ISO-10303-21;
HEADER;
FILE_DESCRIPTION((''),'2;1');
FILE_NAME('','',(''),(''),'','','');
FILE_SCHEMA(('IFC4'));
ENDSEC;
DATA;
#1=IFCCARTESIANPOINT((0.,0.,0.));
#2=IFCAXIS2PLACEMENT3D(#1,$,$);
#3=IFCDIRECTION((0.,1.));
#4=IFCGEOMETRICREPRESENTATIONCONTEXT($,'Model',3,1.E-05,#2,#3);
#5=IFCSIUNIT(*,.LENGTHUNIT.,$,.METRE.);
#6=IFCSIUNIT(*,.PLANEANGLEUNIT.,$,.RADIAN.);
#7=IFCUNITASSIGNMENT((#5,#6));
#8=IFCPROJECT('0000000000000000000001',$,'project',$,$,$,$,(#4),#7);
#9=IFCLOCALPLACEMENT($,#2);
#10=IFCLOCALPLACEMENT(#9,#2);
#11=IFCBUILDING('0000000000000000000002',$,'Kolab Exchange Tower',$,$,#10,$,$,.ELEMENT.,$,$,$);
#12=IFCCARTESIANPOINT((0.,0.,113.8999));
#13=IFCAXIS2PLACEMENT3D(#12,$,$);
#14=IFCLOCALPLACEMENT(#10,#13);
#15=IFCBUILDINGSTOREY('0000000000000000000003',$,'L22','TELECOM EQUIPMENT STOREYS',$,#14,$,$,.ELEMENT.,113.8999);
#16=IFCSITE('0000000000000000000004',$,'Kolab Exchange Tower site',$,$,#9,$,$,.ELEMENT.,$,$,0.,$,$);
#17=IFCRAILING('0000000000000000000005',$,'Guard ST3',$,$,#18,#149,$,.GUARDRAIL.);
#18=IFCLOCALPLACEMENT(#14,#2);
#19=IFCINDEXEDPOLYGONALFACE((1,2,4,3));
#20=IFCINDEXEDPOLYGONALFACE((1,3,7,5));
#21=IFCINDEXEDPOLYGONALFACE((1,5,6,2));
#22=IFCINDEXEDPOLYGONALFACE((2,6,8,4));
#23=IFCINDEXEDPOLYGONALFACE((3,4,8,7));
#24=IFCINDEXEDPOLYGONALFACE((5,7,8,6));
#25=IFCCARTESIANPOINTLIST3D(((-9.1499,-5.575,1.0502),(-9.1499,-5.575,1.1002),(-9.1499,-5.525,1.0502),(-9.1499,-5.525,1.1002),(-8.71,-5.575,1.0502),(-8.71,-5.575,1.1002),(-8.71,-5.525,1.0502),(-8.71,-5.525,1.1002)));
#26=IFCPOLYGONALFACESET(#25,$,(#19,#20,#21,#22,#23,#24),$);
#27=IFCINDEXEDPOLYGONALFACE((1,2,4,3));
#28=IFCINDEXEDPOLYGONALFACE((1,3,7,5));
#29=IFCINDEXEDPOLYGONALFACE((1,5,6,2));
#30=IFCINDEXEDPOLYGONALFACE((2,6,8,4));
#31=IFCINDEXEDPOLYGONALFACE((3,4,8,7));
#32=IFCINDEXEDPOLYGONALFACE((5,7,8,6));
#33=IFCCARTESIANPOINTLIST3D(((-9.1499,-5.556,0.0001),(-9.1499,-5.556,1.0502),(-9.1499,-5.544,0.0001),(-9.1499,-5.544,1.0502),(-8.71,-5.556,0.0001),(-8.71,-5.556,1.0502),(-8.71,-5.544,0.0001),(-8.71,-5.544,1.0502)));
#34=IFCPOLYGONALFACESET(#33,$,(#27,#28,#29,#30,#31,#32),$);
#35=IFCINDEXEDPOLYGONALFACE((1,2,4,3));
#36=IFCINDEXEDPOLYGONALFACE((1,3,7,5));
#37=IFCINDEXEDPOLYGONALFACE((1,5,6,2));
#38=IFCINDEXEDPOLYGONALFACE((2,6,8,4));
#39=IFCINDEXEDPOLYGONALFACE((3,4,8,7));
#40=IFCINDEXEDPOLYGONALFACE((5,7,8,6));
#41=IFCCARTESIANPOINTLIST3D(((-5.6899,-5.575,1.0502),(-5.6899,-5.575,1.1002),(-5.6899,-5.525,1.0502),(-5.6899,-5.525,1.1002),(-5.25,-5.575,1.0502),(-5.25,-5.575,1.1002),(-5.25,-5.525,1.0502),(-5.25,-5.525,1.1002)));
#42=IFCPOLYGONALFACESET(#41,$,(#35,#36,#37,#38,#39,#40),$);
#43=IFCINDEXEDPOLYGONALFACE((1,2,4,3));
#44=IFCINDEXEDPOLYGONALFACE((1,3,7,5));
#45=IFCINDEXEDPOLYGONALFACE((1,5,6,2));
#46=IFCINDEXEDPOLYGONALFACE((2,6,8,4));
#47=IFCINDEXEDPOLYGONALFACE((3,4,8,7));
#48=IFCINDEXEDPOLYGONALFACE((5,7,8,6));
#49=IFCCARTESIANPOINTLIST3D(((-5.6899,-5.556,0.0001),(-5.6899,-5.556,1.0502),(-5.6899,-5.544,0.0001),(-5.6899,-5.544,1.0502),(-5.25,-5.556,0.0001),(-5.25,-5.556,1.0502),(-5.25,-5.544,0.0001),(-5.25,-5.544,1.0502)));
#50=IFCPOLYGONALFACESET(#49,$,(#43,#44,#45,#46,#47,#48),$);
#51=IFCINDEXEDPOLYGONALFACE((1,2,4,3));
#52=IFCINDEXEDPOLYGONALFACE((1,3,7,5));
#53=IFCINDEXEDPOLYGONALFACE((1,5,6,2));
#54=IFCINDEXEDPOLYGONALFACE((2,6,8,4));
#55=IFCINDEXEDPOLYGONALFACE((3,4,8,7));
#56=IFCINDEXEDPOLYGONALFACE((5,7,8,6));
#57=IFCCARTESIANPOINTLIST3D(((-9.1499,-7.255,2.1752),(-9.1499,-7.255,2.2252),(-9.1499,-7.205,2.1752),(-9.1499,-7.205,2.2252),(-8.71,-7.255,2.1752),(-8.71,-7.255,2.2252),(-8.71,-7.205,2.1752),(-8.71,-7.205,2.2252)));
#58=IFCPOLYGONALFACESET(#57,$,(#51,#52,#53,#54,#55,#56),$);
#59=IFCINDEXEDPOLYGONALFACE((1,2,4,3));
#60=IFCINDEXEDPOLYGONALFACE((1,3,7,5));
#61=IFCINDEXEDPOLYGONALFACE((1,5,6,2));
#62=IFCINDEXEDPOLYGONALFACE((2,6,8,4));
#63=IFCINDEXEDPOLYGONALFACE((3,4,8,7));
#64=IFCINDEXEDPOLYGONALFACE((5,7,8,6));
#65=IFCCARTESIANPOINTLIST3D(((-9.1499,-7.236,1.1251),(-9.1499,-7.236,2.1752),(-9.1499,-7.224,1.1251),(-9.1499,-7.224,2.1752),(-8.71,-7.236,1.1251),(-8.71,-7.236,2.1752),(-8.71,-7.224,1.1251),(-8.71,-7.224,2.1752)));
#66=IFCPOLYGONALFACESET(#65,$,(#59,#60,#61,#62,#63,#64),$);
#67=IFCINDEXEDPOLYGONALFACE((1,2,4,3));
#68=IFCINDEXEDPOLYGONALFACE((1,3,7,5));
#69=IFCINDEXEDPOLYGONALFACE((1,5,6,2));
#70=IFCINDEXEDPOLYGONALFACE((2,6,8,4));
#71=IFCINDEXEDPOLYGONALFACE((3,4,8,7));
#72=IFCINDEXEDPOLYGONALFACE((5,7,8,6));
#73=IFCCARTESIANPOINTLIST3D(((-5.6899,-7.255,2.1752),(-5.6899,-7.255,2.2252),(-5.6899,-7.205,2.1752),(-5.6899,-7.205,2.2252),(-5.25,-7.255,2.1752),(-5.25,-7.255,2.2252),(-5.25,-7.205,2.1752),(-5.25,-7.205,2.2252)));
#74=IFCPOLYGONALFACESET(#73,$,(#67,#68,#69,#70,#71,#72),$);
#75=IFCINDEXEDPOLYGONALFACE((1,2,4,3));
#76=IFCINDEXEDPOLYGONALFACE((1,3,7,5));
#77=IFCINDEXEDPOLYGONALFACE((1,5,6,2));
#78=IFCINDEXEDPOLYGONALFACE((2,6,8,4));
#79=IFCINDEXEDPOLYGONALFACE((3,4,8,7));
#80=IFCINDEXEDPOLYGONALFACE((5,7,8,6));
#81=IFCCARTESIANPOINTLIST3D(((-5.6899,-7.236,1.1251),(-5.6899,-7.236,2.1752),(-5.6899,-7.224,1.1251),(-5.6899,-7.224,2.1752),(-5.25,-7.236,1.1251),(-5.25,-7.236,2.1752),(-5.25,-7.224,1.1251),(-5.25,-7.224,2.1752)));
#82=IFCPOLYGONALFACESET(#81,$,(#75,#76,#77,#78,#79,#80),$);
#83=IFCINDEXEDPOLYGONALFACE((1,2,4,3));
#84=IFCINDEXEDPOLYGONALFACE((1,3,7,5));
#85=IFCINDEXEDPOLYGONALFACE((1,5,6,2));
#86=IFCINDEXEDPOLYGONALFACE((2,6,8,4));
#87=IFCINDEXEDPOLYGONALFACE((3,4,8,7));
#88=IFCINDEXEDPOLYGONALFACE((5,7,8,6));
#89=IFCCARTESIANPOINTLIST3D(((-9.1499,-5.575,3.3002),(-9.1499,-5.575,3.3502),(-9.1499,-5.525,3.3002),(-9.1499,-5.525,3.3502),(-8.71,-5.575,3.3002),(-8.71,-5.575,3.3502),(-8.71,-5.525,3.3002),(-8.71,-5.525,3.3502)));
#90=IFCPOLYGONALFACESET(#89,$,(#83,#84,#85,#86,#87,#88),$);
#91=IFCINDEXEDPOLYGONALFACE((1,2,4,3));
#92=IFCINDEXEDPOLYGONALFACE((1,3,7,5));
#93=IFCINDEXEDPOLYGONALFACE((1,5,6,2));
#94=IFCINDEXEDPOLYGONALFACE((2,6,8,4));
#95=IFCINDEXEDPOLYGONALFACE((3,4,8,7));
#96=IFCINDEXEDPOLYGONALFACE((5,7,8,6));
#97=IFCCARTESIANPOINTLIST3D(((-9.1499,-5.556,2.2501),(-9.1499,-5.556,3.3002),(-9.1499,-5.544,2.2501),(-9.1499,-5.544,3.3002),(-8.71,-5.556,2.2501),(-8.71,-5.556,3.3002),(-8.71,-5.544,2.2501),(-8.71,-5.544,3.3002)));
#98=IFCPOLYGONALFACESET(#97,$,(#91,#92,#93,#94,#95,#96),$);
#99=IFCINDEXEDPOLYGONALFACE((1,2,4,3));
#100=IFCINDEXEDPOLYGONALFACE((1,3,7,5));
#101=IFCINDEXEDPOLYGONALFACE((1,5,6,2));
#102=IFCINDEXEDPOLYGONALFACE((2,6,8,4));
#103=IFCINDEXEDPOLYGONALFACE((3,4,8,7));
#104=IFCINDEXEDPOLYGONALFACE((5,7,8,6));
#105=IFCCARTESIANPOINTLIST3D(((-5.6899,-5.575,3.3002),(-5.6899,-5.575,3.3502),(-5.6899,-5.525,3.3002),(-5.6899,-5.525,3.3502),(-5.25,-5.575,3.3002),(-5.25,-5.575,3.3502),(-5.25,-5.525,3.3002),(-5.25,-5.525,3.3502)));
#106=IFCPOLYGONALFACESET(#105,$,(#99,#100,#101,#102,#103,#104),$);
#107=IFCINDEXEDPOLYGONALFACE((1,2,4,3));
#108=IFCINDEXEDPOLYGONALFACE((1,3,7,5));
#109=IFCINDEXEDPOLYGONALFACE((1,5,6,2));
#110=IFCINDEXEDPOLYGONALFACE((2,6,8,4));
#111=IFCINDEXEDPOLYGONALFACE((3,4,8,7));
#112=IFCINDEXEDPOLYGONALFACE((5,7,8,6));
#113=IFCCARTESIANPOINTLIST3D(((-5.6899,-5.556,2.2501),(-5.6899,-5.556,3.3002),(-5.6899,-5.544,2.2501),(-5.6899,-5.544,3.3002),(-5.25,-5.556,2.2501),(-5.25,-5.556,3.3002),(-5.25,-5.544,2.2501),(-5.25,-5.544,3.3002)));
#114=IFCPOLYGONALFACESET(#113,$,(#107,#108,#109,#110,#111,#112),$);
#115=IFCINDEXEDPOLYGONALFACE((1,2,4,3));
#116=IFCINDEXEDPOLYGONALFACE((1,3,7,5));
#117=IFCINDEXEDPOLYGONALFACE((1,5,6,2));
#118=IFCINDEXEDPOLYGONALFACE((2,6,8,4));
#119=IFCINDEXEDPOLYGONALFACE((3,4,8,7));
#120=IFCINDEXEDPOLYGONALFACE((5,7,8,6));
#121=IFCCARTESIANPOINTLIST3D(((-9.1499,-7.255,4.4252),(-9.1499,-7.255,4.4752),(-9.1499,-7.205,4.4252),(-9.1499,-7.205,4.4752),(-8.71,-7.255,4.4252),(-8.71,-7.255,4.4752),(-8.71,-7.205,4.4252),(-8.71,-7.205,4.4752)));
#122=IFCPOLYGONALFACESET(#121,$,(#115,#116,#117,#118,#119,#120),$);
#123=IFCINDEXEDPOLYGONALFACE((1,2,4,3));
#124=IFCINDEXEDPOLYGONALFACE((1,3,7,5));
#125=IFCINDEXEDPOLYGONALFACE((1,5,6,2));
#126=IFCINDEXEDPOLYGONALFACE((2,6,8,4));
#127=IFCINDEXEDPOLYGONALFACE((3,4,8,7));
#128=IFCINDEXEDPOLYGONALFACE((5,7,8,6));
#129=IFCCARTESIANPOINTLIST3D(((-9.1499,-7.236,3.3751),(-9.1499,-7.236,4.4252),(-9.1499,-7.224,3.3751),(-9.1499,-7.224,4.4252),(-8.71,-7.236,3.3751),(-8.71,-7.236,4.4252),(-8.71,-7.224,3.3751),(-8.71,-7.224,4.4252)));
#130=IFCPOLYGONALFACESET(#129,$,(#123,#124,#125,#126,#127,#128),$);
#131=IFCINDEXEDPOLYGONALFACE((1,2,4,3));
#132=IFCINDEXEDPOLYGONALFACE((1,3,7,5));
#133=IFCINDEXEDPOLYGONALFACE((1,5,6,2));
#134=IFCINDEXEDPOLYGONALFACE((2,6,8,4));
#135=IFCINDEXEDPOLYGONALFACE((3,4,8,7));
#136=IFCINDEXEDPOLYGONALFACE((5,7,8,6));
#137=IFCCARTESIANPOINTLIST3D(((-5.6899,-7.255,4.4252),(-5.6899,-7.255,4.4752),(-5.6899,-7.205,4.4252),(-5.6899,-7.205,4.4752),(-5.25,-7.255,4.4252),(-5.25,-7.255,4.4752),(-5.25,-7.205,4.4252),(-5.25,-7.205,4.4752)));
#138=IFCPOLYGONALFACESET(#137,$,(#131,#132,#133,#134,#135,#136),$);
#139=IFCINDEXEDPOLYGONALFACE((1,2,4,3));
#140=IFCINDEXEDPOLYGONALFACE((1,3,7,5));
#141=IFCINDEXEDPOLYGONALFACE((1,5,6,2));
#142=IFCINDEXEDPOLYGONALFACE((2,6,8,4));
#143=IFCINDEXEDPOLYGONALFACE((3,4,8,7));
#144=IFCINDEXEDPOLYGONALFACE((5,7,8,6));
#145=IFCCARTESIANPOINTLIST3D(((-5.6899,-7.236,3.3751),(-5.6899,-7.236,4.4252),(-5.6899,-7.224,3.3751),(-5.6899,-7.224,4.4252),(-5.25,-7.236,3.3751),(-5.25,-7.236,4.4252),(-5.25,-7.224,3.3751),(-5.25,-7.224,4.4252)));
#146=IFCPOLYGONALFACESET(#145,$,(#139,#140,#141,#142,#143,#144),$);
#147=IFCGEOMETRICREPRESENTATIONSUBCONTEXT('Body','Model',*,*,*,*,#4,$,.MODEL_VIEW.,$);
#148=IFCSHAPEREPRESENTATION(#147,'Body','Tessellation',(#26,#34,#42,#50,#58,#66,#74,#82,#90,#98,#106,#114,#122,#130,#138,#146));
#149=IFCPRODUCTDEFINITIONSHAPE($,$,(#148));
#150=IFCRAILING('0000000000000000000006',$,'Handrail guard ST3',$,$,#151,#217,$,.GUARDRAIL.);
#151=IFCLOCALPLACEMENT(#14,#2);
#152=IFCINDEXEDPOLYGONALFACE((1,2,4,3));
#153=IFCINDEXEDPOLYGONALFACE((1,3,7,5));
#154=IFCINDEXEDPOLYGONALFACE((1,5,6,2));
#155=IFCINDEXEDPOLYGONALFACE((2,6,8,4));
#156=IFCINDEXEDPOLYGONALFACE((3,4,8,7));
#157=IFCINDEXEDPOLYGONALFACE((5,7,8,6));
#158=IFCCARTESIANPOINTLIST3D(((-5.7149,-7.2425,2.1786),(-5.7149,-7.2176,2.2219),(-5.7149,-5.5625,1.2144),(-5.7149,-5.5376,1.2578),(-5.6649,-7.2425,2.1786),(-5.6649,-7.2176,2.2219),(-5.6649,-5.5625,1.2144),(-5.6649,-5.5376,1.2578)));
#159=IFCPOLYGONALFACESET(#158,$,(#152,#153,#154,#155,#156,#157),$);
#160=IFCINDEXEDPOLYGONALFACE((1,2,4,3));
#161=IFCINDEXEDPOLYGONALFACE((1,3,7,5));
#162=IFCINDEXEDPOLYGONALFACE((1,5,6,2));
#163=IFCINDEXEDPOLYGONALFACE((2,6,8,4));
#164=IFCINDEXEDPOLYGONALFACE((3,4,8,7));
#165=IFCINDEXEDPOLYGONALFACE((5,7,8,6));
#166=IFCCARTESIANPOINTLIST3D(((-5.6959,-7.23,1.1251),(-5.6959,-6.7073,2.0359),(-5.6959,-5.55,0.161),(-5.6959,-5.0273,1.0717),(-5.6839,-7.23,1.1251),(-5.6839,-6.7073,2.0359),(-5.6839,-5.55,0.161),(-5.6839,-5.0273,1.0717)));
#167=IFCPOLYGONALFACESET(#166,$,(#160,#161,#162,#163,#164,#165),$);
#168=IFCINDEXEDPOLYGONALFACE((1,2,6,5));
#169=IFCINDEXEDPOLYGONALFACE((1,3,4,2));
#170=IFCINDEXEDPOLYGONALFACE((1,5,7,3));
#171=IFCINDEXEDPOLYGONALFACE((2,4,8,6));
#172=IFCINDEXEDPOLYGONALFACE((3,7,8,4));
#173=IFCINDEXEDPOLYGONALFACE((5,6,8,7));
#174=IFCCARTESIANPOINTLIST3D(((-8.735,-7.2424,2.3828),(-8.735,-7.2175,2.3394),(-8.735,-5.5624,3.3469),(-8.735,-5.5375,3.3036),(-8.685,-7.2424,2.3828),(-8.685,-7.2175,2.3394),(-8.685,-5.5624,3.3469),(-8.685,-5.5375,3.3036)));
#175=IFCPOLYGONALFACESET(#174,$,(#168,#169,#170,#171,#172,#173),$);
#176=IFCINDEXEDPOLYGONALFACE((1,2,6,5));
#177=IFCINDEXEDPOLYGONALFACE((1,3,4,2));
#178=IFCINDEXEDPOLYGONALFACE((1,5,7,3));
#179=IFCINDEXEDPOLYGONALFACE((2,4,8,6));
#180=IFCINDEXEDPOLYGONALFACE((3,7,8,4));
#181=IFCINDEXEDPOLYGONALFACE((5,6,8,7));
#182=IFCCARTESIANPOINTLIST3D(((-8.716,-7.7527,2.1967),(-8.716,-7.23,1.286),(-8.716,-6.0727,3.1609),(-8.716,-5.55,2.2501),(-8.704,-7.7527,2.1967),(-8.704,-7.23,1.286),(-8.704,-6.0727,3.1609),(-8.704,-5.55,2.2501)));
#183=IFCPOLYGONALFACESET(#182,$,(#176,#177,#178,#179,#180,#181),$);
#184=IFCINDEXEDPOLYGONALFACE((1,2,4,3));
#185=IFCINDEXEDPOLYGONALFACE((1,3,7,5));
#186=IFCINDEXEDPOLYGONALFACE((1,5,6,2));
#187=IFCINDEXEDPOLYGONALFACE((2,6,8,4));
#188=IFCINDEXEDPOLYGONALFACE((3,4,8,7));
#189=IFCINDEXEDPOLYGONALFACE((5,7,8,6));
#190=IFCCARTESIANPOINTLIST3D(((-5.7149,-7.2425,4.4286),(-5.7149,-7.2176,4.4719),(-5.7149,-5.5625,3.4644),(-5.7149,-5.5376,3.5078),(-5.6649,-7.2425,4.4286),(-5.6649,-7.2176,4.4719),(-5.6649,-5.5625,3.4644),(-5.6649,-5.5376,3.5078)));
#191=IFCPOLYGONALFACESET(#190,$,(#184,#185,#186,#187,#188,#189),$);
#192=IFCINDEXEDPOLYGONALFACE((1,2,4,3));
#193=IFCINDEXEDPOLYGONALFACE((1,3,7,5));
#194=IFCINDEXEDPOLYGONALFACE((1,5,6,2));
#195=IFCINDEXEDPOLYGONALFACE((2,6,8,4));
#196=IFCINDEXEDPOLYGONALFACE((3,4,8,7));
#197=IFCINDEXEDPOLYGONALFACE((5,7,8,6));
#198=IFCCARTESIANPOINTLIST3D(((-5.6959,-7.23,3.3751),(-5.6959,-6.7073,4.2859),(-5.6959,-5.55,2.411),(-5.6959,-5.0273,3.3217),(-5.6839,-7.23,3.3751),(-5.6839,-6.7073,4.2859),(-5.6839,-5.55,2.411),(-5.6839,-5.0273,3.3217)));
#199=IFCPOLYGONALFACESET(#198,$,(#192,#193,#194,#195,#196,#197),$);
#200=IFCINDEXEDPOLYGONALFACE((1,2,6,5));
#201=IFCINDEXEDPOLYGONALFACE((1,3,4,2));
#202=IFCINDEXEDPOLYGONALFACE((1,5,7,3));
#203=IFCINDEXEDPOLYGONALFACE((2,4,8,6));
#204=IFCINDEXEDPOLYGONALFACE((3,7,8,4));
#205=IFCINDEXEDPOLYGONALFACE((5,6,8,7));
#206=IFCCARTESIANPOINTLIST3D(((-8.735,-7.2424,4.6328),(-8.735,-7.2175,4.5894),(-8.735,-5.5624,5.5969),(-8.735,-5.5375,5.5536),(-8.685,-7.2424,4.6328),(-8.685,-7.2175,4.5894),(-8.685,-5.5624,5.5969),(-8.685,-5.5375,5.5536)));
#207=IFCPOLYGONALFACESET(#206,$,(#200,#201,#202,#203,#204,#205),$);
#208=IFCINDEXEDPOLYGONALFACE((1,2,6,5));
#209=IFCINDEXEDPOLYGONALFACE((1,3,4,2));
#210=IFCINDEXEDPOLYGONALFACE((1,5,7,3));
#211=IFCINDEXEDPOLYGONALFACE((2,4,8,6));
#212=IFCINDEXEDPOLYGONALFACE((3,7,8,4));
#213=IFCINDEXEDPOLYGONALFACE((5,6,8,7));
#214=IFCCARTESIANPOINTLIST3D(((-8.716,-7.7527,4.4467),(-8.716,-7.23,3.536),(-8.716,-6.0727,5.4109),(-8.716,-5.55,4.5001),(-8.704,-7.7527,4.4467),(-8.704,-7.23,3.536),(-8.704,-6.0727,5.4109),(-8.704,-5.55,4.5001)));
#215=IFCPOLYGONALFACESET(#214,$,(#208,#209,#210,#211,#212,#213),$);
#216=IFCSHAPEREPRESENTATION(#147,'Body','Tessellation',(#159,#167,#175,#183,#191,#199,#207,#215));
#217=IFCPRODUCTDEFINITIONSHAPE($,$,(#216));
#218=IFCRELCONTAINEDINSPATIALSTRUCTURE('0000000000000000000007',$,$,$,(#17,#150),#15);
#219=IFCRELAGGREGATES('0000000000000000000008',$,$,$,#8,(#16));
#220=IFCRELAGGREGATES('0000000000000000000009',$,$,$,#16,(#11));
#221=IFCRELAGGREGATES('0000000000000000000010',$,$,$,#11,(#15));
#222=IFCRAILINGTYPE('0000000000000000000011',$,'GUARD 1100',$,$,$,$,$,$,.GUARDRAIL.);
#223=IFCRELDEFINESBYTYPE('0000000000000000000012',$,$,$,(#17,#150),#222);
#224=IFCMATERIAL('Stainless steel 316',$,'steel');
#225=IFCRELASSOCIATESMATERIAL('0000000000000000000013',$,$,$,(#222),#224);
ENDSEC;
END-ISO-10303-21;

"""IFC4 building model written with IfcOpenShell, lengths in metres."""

from ifc_helpers import new_model, si_unit, direction, frame, frame_2d, origin, origin_2d, place, context, subcontext, project, spatial, rectangle, extrude, material, type_object, element, save


model = new_model("IFC4")

# Units and contexts
model_context = context("Model", 3, precision=1e-05, world=origin(), true_north=direction((0.0, 1.0)))
body_context = subcontext(model_context, "Body", "Model", "MODEL_VIEW")
ifc_project = project(units=[si_unit("LENGTHUNIT", "METRE"), si_unit("PLANEANGLEUNIT", "RADIAN")], contexts=[model_context])

# Site, building, storey
site_placement = place(None, origin())
site = spatial("IfcSite", under=ifc_project, at=site_placement, Name="Kolab Exchange Tower site", CompositionType="ELEMENT", RefElevation=0.0)
building_placement = place(site_placement, origin())
building = spatial("IfcBuilding", under=site, at=building_placement, Name="Kolab Exchange Tower", CompositionType="ELEMENT")
storey_placement = place(building_placement, frame((0.0, 0.0, 113.8999)))
storey = spatial("IfcBuildingStorey", under=building, at=storey_placement, Name="L22", Description="TELECOM EQUIPMENT STOREYS", CompositionType="ELEMENT", Elevation=113.8999)

# Shared definitions
ifc_material_1 = material(Name="Stainless steel 316", Category="steel")

# Railings
railing_type = type_object("IfcRailingType", Name="GUARD 1100", PredefinedType="GUARDRAIL", material=ifc_material_1)
railing_1_placement = place(storey_placement, frame((-9.1499, -5.55, 0.0)))
element("IfcRailing", 1, at=railing_1_placement, inside=storey, type_object=railing_type, Name="Guard ST3", PredefinedType="GUARDRAIL", context=body_context, shape_type="SweptSolid", body=[
    extrude(rectangle(XDim=0.05, YDim=0.05, at=origin_2d()), frame((0.0, 0.0, 1.0752), z_axis=(1.0, 0.0, 0.0), x_axis=(0.0, 1.0, 0.0)), (0.0, 0.0, 1.0), 0.4399),
    extrude(rectangle(XDim=0.012, YDim=1.0501, at=frame_2d((0.0, 0.5251))), frame((0.0, 0.0, 0.0), z_axis=(1.0, 0.0, 0.0), x_axis=(0.0, 1.0, 0.0)), (0.0, 0.0, 1.0), 0.4399),
    extrude(rectangle(XDim=0.05, YDim=0.05, at=origin_2d()), frame((3.46, 0.0, 1.0752), z_axis=(1.0, 0.0, 0.0), x_axis=(0.0, 1.0, 0.0)), (0.0, 0.0, 1.0), 0.4399),
    extrude(rectangle(XDim=0.012, YDim=1.0501, at=frame_2d((0.0, 0.5251))), frame((3.46, 0.0, 0.0), z_axis=(1.0, 0.0, 0.0), x_axis=(0.0, 1.0, 0.0)), (0.0, 0.0, 1.0), 0.4399),
    extrude(rectangle(XDim=0.05, YDim=0.05, at=origin_2d()), frame((0.0, -1.6799, 2.2002), z_axis=(1.0, 0.0, 0.0), x_axis=(0.0, 1.0, 0.0)), (0.0, 0.0, 1.0), 0.4399),
    extrude(rectangle(XDim=0.012, YDim=1.0501, at=frame_2d((0.0, 0.5251))), frame((0.0, -1.6799, 1.125), z_axis=(1.0, 0.0, 0.0), x_axis=(0.0, 1.0, 0.0)), (0.0, 0.0, 1.0), 0.4399),
    extrude(rectangle(XDim=0.05, YDim=0.05, at=origin_2d()), frame((3.46, -1.6799, 2.2002), z_axis=(1.0, 0.0, 0.0), x_axis=(0.0, 1.0, 0.0)), (0.0, 0.0, 1.0), 0.4399),
    extrude(rectangle(XDim=0.012, YDim=1.0501, at=frame_2d((0.0, 0.5251))), frame((3.46, -1.6799, 1.125), z_axis=(1.0, 0.0, 0.0), x_axis=(0.0, 1.0, 0.0)), (0.0, 0.0, 1.0), 0.4399),
    extrude(rectangle(XDim=0.05, YDim=0.05, at=origin_2d()), frame((0.0, 0.0, 3.3252), z_axis=(1.0, 0.0, 0.0), x_axis=(0.0, 1.0, 0.0)), (0.0, 0.0, 1.0), 0.4399),
    extrude(rectangle(XDim=0.012, YDim=1.0501, at=frame_2d((0.0, 0.5251))), frame((0.0, 0.0, 2.25), z_axis=(1.0, 0.0, 0.0), x_axis=(0.0, 1.0, 0.0)), (0.0, 0.0, 1.0), 0.4399),
    extrude(rectangle(XDim=0.05, YDim=0.05, at=origin_2d()), frame((3.46, 0.0, 3.3252), z_axis=(1.0, 0.0, 0.0), x_axis=(0.0, 1.0, 0.0)), (0.0, 0.0, 1.0), 0.4399),
    extrude(rectangle(XDim=0.012, YDim=1.0501, at=frame_2d((0.0, 0.5251))), frame((3.46, 0.0, 2.25), z_axis=(1.0, 0.0, 0.0), x_axis=(0.0, 1.0, 0.0)), (0.0, 0.0, 1.0), 0.4399),
    extrude(rectangle(XDim=0.05, YDim=0.05, at=origin_2d()), frame((0.0, -1.6799, 4.4502), z_axis=(1.0, 0.0, 0.0), x_axis=(0.0, 1.0, 0.0)), (0.0, 0.0, 1.0), 0.4399),
    extrude(rectangle(XDim=0.012, YDim=1.0501, at=frame_2d((0.0, 0.5251))), frame((0.0, -1.6799, 3.375), z_axis=(1.0, 0.0, 0.0), x_axis=(0.0, 1.0, 0.0)), (0.0, 0.0, 1.0), 0.4399),
    extrude(rectangle(XDim=0.05, YDim=0.05, at=origin_2d()), frame((3.46, -1.6799, 4.4502), z_axis=(1.0, 0.0, 0.0), x_axis=(0.0, 1.0, 0.0)), (0.0, 0.0, 1.0), 0.4399),
    extrude(rectangle(XDim=0.012, YDim=1.0501, at=frame_2d((0.0, 0.5251))), frame((3.46, -1.6799, 3.375), z_axis=(1.0, 0.0, 0.0), x_axis=(0.0, 1.0, 0.0)), (0.0, 0.0, 1.0), 0.4399),
])
railing_2_placement = place(storey_placement, frame((-5.6899, -5.55, 0.1609)))
element("IfcRailing", 2, at=railing_2_placement, inside=storey, type_object=railing_type, Name="Handrail guard ST3", PredefinedType="GUARDRAIL", context=body_context, shape_type="SweptSolid", body=[
    extrude(rectangle(XDim=0.05, YDim=0.05, at=origin_2d()), frame((0.0, 0.0, 1.0752), z_axis=(0.0, -0.867319, 0.497753), x_axis=(1.0, 0.0, 0.0)), (0.0, 0.0, 1.0), 1.937),
    extrude(rectangle(XDim=0.012, YDim=1.0501, at=frame_2d((0.0, 0.5251))), frame((0.0, 0.0, 0.0), z_axis=(0.0, -0.867319, 0.497753), x_axis=(1.0, 0.0, 0.0)), (0.0, 0.0, 1.0), 1.937),
    extrude(rectangle(XDim=0.05, YDim=0.05, at=origin_2d()), frame((-3.02, -1.6799, 2.2002), z_axis=(0.0, 0.867319, 0.497753), x_axis=(-1.0, 0.0, 0.0)), (0.0, 0.0, 1.0), 1.937),
    extrude(rectangle(XDim=0.012, YDim=1.0501, at=frame_2d((0.0, 0.5251))), frame((-3.02, -1.6799, 1.125), z_axis=(0.0, 0.867319, 0.497753), x_axis=(-1.0, 0.0, 0.0)), (0.0, 0.0, 1.0), 1.937),
    extrude(rectangle(XDim=0.05, YDim=0.05, at=origin_2d()), frame((0.0, 0.0, 3.3252), z_axis=(0.0, -0.867319, 0.497753), x_axis=(1.0, 0.0, 0.0)), (0.0, 0.0, 1.0), 1.937),
    extrude(rectangle(XDim=0.012, YDim=1.0501, at=frame_2d((0.0, 0.5251))), frame((0.0, 0.0, 2.25), z_axis=(0.0, -0.867319, 0.497753), x_axis=(1.0, 0.0, 0.0)), (0.0, 0.0, 1.0), 1.937),
    extrude(rectangle(XDim=0.05, YDim=0.05, at=origin_2d()), frame((-3.02, -1.6799, 4.4502), z_axis=(0.0, 0.867319, 0.497753), x_axis=(-1.0, 0.0, 0.0)), (0.0, 0.0, 1.0), 1.937),
    extrude(rectangle(XDim=0.012, YDim=1.0501, at=frame_2d((0.0, 0.5251))), frame((-3.02, -1.6799, 3.375), z_axis=(0.0, 0.867319, 0.497753), x_axis=(-1.0, 0.0, 0.0)), (0.0, 0.0, 1.0), 1.937),
])

save(model, "model.ifc")
